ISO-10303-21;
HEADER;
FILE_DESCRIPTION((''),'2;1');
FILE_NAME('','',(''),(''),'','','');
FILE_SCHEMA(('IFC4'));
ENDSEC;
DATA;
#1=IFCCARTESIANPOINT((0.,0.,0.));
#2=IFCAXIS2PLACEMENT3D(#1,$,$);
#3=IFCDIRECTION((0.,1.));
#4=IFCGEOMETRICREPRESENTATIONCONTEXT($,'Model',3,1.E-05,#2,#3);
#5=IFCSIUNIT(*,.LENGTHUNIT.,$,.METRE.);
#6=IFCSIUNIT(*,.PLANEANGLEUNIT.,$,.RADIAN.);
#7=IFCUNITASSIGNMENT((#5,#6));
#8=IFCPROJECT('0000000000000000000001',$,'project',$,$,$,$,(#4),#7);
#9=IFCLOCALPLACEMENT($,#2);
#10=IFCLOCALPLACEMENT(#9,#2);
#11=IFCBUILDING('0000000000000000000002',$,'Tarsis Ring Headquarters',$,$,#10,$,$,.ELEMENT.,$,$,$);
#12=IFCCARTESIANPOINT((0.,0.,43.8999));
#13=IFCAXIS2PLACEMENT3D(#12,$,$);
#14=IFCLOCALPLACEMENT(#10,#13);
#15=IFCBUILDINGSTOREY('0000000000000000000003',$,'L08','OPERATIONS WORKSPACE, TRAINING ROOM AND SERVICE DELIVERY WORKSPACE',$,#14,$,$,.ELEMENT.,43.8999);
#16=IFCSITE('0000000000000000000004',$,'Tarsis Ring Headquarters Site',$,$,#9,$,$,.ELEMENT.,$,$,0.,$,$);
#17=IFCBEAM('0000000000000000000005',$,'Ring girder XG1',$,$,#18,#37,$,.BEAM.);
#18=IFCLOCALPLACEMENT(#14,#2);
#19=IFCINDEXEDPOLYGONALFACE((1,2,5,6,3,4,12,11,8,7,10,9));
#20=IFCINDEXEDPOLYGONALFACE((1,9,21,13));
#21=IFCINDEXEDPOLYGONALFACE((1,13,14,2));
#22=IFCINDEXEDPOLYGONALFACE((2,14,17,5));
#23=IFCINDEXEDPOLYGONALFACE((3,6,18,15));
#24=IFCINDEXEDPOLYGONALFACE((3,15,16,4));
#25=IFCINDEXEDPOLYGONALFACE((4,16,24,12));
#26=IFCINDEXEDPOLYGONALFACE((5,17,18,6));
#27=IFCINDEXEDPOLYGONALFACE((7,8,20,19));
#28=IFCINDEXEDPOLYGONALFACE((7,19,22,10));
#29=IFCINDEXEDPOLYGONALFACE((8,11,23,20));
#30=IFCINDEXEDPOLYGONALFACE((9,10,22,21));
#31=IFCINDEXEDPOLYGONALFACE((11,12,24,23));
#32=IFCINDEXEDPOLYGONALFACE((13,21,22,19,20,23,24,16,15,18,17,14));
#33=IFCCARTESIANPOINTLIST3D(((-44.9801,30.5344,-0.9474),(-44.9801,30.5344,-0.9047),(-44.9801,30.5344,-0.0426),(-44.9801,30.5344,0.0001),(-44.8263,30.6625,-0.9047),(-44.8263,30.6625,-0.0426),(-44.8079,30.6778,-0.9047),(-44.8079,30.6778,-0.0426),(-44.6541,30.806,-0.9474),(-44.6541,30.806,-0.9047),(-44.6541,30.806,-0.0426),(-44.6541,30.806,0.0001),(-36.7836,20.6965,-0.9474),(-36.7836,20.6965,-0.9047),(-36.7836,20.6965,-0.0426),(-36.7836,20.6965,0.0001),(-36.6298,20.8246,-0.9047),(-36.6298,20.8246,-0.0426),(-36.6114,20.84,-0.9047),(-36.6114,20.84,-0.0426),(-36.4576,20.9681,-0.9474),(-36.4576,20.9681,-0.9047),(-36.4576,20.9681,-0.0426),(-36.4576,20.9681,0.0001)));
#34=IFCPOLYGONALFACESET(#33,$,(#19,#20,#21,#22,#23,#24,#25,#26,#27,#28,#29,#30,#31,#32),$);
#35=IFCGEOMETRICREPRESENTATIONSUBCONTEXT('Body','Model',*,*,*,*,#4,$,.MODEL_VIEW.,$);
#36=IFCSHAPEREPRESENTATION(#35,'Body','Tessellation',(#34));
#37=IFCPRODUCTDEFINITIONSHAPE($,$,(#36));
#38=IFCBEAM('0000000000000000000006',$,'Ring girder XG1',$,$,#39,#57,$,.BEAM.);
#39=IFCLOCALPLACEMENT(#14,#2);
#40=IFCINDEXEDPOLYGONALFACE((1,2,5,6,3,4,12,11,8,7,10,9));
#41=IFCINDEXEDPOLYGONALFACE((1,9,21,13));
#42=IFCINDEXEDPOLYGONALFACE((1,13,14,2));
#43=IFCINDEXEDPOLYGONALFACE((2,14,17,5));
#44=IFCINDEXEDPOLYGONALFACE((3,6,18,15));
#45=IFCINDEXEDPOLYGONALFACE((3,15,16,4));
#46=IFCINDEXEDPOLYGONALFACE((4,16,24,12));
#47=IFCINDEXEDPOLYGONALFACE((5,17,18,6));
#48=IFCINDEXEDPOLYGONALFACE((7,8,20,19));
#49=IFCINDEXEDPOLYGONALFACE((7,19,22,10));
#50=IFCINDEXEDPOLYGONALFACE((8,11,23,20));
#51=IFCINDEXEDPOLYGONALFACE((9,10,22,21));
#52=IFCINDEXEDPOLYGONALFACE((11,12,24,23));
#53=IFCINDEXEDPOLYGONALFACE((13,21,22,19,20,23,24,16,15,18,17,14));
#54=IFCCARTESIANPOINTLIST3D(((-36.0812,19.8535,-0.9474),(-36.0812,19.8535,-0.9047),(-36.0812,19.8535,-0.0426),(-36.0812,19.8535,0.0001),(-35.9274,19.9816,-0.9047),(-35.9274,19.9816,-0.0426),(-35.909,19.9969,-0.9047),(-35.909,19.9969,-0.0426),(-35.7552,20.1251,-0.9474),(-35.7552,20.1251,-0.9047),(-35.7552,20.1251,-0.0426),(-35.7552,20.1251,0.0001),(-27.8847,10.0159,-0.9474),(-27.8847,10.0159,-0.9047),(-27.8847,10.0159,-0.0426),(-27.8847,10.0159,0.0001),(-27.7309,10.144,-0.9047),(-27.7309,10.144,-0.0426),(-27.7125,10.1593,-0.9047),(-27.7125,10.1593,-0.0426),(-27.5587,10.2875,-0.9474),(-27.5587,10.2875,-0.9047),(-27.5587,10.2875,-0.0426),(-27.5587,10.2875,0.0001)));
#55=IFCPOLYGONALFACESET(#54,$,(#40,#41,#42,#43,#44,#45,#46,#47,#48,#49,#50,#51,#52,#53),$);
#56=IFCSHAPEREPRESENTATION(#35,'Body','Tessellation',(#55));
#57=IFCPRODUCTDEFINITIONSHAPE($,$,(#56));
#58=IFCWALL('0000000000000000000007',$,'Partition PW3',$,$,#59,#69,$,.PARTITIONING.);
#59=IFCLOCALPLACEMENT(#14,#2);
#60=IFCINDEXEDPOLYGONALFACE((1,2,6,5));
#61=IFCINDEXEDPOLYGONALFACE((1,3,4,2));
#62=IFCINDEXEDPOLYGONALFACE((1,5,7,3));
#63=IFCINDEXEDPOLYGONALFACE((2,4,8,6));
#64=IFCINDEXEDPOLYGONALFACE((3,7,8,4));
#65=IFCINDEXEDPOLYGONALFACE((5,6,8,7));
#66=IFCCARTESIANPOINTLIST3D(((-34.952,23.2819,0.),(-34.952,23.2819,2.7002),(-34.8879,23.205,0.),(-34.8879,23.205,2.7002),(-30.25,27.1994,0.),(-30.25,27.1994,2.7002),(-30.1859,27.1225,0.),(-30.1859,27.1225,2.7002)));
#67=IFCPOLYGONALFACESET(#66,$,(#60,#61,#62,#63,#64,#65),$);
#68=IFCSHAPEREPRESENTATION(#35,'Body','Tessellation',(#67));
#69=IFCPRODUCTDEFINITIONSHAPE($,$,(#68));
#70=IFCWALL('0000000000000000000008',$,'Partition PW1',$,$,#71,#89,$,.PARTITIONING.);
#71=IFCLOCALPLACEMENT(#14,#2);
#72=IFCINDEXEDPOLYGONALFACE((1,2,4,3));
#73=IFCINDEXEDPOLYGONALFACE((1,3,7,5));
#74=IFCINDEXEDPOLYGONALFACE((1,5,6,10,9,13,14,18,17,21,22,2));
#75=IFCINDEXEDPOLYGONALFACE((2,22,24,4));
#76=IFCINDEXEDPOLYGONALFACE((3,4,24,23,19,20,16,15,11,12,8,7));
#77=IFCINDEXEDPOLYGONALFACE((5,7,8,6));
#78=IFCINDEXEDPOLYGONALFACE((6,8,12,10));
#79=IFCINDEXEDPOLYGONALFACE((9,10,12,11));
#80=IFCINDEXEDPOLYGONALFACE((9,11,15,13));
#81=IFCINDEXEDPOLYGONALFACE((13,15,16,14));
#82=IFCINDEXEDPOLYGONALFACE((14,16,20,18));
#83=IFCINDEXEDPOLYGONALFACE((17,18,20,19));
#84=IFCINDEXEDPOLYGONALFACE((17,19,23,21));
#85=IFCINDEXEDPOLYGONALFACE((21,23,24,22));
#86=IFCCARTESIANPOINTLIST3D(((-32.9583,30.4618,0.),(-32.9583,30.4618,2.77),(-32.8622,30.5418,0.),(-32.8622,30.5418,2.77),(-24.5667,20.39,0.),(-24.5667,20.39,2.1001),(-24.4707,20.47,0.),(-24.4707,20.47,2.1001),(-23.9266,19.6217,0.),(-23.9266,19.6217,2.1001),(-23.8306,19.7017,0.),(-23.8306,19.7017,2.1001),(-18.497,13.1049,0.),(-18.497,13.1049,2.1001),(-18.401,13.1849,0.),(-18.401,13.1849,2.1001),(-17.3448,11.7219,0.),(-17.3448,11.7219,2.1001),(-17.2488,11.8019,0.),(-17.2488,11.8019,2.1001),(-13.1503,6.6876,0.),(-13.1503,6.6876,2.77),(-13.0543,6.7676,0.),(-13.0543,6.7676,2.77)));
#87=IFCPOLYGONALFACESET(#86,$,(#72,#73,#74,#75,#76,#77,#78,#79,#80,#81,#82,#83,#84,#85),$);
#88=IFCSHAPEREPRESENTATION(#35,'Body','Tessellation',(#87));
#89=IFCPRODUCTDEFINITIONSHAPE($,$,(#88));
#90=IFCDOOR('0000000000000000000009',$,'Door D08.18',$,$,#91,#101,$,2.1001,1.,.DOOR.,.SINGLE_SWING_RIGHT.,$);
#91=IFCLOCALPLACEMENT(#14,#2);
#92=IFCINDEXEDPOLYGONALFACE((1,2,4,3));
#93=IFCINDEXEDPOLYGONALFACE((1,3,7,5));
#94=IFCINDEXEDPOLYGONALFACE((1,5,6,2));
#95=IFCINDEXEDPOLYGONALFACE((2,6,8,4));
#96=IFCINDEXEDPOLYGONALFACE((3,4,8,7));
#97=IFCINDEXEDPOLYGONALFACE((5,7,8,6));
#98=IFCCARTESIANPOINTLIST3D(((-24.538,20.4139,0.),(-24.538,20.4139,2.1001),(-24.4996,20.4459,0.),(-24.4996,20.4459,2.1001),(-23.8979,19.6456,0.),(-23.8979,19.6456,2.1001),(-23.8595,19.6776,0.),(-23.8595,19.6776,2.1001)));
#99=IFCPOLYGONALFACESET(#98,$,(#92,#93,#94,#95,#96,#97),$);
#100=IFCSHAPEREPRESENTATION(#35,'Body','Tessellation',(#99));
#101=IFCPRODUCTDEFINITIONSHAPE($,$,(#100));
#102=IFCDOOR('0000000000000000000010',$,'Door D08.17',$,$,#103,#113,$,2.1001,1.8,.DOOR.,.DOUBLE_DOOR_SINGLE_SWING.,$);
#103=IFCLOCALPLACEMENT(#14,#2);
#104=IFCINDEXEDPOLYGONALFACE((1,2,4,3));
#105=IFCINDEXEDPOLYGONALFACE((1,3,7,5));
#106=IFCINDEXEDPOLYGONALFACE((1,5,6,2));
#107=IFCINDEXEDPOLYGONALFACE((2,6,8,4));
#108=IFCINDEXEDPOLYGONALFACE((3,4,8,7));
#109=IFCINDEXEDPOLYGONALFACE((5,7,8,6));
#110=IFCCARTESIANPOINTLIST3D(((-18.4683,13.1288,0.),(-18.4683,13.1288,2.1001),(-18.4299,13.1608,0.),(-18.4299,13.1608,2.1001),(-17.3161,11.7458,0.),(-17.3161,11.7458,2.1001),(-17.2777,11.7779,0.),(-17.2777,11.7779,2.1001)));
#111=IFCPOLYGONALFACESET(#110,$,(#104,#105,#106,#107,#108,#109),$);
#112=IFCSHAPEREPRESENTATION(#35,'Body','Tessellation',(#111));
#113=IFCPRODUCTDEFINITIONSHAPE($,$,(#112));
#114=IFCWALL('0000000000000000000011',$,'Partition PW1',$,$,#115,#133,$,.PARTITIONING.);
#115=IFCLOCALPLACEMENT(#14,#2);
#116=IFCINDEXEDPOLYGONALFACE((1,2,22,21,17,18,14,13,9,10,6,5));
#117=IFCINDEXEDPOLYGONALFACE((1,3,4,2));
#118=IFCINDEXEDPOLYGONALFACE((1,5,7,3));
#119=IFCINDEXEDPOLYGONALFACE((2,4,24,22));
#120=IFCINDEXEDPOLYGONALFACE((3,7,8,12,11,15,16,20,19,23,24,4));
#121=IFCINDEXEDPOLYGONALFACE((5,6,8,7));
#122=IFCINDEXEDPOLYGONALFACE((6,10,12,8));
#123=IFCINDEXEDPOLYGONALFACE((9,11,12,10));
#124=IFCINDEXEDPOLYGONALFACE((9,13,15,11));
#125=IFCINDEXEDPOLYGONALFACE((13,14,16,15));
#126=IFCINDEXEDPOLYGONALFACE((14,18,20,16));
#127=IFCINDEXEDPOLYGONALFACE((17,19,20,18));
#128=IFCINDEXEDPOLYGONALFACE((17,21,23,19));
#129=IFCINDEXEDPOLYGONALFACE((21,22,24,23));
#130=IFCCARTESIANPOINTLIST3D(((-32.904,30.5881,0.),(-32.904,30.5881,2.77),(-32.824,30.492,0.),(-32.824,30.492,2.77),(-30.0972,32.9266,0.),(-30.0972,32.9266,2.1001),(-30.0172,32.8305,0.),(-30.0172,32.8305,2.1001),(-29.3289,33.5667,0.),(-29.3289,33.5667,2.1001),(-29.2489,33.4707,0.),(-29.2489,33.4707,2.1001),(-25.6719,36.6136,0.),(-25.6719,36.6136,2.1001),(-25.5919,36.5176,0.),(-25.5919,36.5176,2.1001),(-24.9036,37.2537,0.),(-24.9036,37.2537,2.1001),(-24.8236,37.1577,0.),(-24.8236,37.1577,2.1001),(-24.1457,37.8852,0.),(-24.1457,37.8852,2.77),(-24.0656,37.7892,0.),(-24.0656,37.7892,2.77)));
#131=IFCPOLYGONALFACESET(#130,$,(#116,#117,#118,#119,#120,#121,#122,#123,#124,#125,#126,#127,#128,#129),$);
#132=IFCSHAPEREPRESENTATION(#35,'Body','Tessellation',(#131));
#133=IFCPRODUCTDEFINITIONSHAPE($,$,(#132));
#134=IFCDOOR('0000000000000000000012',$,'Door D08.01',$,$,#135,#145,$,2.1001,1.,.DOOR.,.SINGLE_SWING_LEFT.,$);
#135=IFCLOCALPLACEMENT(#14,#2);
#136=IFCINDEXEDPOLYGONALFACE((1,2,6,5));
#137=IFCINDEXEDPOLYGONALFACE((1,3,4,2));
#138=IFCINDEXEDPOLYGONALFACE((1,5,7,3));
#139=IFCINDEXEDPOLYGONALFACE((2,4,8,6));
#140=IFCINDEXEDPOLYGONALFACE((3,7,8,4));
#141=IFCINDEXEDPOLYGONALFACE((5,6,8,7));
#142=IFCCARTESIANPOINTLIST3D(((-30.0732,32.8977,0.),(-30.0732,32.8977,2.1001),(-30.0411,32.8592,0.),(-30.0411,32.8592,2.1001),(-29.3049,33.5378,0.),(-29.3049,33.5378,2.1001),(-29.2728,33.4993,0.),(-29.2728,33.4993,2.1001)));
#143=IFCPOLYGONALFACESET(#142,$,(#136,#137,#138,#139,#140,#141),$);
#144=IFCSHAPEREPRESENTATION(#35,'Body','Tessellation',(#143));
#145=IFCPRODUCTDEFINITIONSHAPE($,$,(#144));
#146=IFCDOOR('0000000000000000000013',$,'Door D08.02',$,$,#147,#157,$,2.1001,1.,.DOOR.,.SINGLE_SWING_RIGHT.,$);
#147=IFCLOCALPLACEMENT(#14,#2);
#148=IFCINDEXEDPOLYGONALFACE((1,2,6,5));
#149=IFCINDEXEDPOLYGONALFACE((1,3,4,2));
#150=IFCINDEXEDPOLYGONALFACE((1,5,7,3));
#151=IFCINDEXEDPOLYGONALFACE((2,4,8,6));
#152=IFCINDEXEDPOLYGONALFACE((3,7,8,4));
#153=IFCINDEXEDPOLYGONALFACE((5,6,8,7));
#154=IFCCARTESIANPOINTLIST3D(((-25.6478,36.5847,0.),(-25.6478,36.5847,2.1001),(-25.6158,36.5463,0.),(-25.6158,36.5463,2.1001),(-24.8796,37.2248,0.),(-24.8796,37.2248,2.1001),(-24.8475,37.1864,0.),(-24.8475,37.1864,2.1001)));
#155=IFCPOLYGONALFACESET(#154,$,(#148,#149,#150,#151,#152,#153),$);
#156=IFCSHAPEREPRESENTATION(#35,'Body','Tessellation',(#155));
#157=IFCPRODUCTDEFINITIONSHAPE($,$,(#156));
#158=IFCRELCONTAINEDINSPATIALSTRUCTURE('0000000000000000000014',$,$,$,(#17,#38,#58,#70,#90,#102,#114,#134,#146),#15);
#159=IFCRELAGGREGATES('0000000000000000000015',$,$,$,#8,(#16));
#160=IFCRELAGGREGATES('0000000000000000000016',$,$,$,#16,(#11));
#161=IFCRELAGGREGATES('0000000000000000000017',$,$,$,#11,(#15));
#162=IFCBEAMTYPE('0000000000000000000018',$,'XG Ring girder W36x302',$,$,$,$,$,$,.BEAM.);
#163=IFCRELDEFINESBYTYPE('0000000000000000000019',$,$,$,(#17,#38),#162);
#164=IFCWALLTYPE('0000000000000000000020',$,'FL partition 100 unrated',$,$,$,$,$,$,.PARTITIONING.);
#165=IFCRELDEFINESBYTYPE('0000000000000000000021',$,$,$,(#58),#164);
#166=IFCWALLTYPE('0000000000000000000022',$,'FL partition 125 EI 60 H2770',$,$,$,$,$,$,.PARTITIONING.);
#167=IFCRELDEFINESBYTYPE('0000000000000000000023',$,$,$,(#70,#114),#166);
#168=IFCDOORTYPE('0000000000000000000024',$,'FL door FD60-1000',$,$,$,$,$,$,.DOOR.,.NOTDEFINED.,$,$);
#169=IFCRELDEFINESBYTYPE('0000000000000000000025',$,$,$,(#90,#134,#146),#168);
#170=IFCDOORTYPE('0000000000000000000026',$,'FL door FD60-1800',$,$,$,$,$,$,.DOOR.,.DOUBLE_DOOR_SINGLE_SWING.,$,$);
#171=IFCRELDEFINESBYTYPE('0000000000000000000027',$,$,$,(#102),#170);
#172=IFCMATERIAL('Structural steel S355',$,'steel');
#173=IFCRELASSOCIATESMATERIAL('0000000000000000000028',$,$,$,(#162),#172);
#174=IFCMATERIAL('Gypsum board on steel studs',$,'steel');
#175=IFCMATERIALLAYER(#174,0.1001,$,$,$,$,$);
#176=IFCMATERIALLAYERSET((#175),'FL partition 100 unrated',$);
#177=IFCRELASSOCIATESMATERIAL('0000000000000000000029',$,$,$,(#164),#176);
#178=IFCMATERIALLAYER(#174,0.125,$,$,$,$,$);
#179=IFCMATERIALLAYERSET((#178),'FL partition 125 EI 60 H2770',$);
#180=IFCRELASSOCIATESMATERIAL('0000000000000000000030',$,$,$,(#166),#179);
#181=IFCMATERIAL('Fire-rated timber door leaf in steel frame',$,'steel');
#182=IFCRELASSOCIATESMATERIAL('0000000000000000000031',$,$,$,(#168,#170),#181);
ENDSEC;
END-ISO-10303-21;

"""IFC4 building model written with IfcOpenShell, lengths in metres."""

from ifc_helpers import new_model, si_unit, direction, frame, frame_2d, origin, origin_2d, place, context, subcontext, project, spatial, rectangle, i_section, extrude, material, layer, layer_set, material_profile, profile_set, type_object, element, fill, save


model = new_model("IFC4")

# Units and contexts
model_context = context("Model", 3, precision=1e-05, world=origin(), true_north=direction((0.0, 1.0)))
body_context = subcontext(model_context, "Body", "Model", "MODEL_VIEW")
ifc_project = project(units=[si_unit("LENGTHUNIT", "METRE"), si_unit("PLANEANGLEUNIT", "RADIAN")], contexts=[model_context])

# Site, building, storey
site_placement = place(None, origin())
site = spatial("IfcSite", under=ifc_project, at=site_placement, Name="Tarsis Ring Headquarters Site", CompositionType="ELEMENT", RefElevation=0.0)
building_placement = place(site_placement, origin())
building = spatial("IfcBuilding", under=site, at=building_placement, Name="Tarsis Ring Headquarters", CompositionType="ELEMENT")
storey_placement = place(building_placement, frame((0.0, 0.0, 43.8999)))
storey = spatial("IfcBuildingStorey", under=building, at=storey_placement, Name="L08", Description="OPERATIONS WORKSPACE, TRAINING ROOM AND SERVICE DELIVERY WORKSPACE", CompositionType="ELEMENT", Elevation=43.8999)

# Beams
ifc_material_1 = material(Name="Structural steel S355", Category="steel")
ifc_material_profile_1 = material_profile(ifc_material_1, i_section(OverallWidth=0.4243, OverallDepth=0.9475, WebThickness=0.0239, FlangeThickness=0.0427, at=origin_2d()), Name="W36x302")
ifc_profile_set_1 = profile_set([ifc_material_profile_1], Name="Structural steel S355")
beam_type = type_object("IfcBeamType", Name="XG Ring girder W36x302", PredefinedType="BEAM", material=ifc_profile_set_1)
beam_1_placement = place(storey_placement, frame((-44.8171, 30.6702, -0.4736), z_axis=(0.640106, -0.768287, 0.0), x_axis=(0.768287, 0.640106, 0.0)))
element("IfcBeam", 1, at=beam_1_placement, inside=storey, type_object=beam_type, Name="Ring girder XG1", PredefinedType="BEAM", context=body_context, shape_type="SweptSolid", body=[
    extrude(i_section(OverallWidth=0.4243, OverallDepth=0.9475, WebThickness=0.0239, FlangeThickness=0.0427, at=origin_2d()), origin(), (0.0, 0.0, 1.0), 12.8049),
])
beam_2_placement = place(storey_placement, frame((-35.9182, 19.9893, -0.4736), z_axis=(0.640115, -0.768279, 0.0), x_axis=(0.768279, 0.640115, 0.0)))
element("IfcBeam", 2, at=beam_2_placement, inside=storey, type_object=beam_type, Name="Ring girder XG1", PredefinedType="BEAM", context=body_context, shape_type="SweptSolid", body=[
    extrude(i_section(OverallWidth=0.4243, OverallDepth=0.9475, WebThickness=0.0239, FlangeThickness=0.0427, at=origin_2d()), origin(), (0.0, 0.0, 1.0), 12.8047),
])

# Wall
ifc_material_2 = material(Name="Gypsum board on steel studs", Category="steel")
ifc_layer_1 = layer(ifc_material_2, 0.1001)
ifc_layer_set_1 = layer_set([ifc_layer_1], Name="FL partition 100 unrated")
wall_type_1 = type_object("IfcWallType", Name="FL partition 100 unrated", PredefinedType="PARTITIONING", material=ifc_layer_set_1)
wall_1_placement = place(storey_placement, frame((-34.9199, 23.2434, 0.0), z_axis=(0.0, 0.0, 1.0), x_axis=(0.768283, 0.64011, 0.0)))
element("IfcWall", 3, at=wall_1_placement, inside=storey, type_object=wall_type_1, Name="Partition PW3", PredefinedType="PARTITIONING", context=body_context, shape_type="SweptSolid", body=[
    extrude(rectangle(XDim=6.1201, YDim=0.1001, at=frame_2d((3.0601, 0.0))), origin(), (0.0, 0.0, 1.0), 2.7002),
])

# Walls, openings, doors
ifc_layer_2 = layer(ifc_material_2, 0.125)
ifc_layer_set_2 = layer_set([ifc_layer_2], Name="FL partition 125 EI 60 H2770")
wall_type_2 = type_object("IfcWallType", Name="FL partition 125 EI 60 H2770", PredefinedType="PARTITIONING", material=ifc_layer_set_2)
wall_2_placement = place(storey_placement, frame((-32.9102, 30.5017, 0.0), z_axis=(0.0, 0.0, 1.0), x_axis=(0.640109, -0.768284, 0.0)))
wall_2 = element("IfcWall", 4, at=wall_2_placement, inside=storey, type_object=wall_type_2, Name="Partition PW1", PredefinedType="PARTITIONING", context=body_context, shape_type="SweptSolid", body=[
    extrude(rectangle(XDim=30.9446, YDim=0.125, at=frame_2d((15.4722, 0.0))), origin(), (0.0, 0.0, 1.0), 2.77),
])
opening_1_placement = place(wall_2_placement, frame((22.5918, 0.0, 0.0)))
opening_1 = element("IfcOpeningElement", 5, at=opening_1_placement, cuts=wall_2, PredefinedType="OPENING", context=body_context, shape_type="SweptSolid", body=[
    extrude(rectangle(XDim=1.8, YDim=2.1001, at=frame_2d((0.8999, 1.05))), frame((0.0, 0.0725, 0.0), z_axis=(0.0, -1.0, 0.0), x_axis=(1.0, 0.0, 0.0)), (0.0, 0.0, 1.0), 0.145),
])
opening_2_placement = place(wall_2_placement, frame((13.1094, 0.0, 0.0)))
opening_2 = element("IfcOpeningElement", 6, at=opening_2_placement, cuts=wall_2, PredefinedType="OPENING", context=body_context, shape_type="SweptSolid", body=[
    extrude(rectangle(XDim=1.0, YDim=2.1001, at=frame_2d((0.5, 1.05))), frame((0.0, 0.0725, 0.0), z_axis=(0.0, -1.0, 0.0), x_axis=(1.0, 0.0, 0.0)), (0.0, 0.0, 1.0), 0.145),
])
ifc_material_3 = material(Name="Fire-rated timber door leaf in steel frame", Category="steel")
door_type_1 = type_object("IfcDoorType", Name="FL door FD60-1000", OperationType="NOTDEFINED", PredefinedType="DOOR", material=ifc_material_3)
door_1_placement = place(opening_2_placement, origin())
door_1 = element("IfcDoor", 7, at=door_1_placement, inside=storey, type_object=door_type_1, Name="Door D08.18", OperationType="SINGLE_SWING_RIGHT", OverallHeight=2.1001, OverallWidth=1.0, PredefinedType="DOOR", context=body_context, shape_type="SweptSolid", body=[
    extrude(rectangle(XDim=1.0, YDim=2.1001, at=frame_2d((0.5, 1.05))), frame((0.0, 0.0249, 0.0), z_axis=(0.0, -1.0, 0.0), x_axis=(1.0, 0.0, 0.0)), (0.0, 0.0, 1.0), 0.05),
])
fill(opening_2, door_1)
door_type_2 = type_object("IfcDoorType", Name="FL door FD60-1800", OperationType="DOUBLE_DOOR_SINGLE_SWING", PredefinedType="DOOR", material=ifc_material_3)
door_2_placement = place(opening_1_placement, origin())
door_2 = element("IfcDoor", 8, at=door_2_placement, inside=storey, type_object=door_type_2, Name="Door D08.17", OperationType="DOUBLE_DOOR_SINGLE_SWING", OverallHeight=2.1001, OverallWidth=1.8, PredefinedType="DOOR", context=body_context, shape_type="SweptSolid", body=[
    extrude(rectangle(XDim=1.8, YDim=2.1001, at=frame_2d((0.8999, 1.05))), frame((0.0, 0.0249, 0.0), z_axis=(0.0, -1.0, 0.0), x_axis=(1.0, 0.0, 0.0)), (0.0, 0.0, 1.0), 0.05),
])
fill(opening_1, door_2)
wall_3_placement = place(storey_placement, frame((-32.864, 30.54, 0.0), z_axis=(0.0, 0.0, 1.0), x_axis=(0.768284, 0.640109, 0.0)))
wall_3 = element("IfcWall", 9, at=wall_3_placement, inside=storey, type_object=wall_type_2, Name="Partition PW1", PredefinedType="PARTITIONING", context=body_context, shape_type="SweptSolid", body=[
    extrude(rectangle(XDim=11.3999, YDim=0.125, at=frame_2d((5.7, 0.0))), origin(), (0.0, 0.0, 1.0), 2.77),
])
opening_3_placement = place(wall_3_placement, frame((3.6533, 0.0, 0.0)))
opening_3 = element("IfcOpeningElement", 10, at=opening_3_placement, cuts=wall_3, PredefinedType="OPENING", context=body_context, shape_type="SweptSolid", body=[
    extrude(rectangle(XDim=1.0, YDim=2.1001, at=frame_2d((0.5, 1.05))), frame((0.0, 0.0725, 0.0), z_axis=(0.0, -1.0, 0.0), x_axis=(1.0, 0.0, 0.0)), (0.0, 0.0, 1.0), 0.145),
])
opening_4_placement = place(wall_3_placement, frame((9.4133, 0.0, 0.0)))
opening_4 = element("IfcOpeningElement", 11, at=opening_4_placement, cuts=wall_3, PredefinedType="OPENING", context=body_context, shape_type="SweptSolid", body=[
    extrude(rectangle(XDim=1.0, YDim=2.1001, at=frame_2d((0.5, 1.05))), frame((0.0, 0.0725, 0.0), z_axis=(0.0, -1.0, 0.0), x_axis=(1.0, 0.0, 0.0)), (0.0, 0.0, 1.0), 0.145),
])
door_3_placement = place(opening_3_placement, origin())
door_3 = element("IfcDoor", 12, at=door_3_placement, inside=storey, type_object=door_type_1, Name="Door D08.01", OperationType="SINGLE_SWING_LEFT", OverallHeight=2.1001, OverallWidth=1.0, PredefinedType="DOOR", context=body_context, shape_type="SweptSolid", body=[
    extrude(rectangle(XDim=1.0, YDim=2.1001, at=frame_2d((0.5, 1.05))), frame((0.0, 0.0249, 0.0), z_axis=(0.0, -1.0, 0.0), x_axis=(1.0, 0.0, 0.0)), (0.0, 0.0, 1.0), 0.05),
])
fill(opening_3, door_3)
door_4_placement = place(opening_4_placement, origin())
door_4 = element("IfcDoor", 13, at=door_4_placement, inside=storey, type_object=door_type_1, Name="Door D08.02", OperationType="SINGLE_SWING_RIGHT", OverallHeight=2.1001, OverallWidth=1.0, PredefinedType="DOOR", context=body_context, shape_type="SweptSolid", body=[
    extrude(rectangle(XDim=1.0, YDim=2.1001, at=frame_2d((0.5, 1.05))), frame((0.0, 0.0249, 0.0), z_axis=(0.0, -1.0, 0.0), x_axis=(1.0, 0.0, 0.0)), (0.0, 0.0, 1.0), 0.05),
])
fill(opening_4, door_4)

save(model, "model.ifc")
